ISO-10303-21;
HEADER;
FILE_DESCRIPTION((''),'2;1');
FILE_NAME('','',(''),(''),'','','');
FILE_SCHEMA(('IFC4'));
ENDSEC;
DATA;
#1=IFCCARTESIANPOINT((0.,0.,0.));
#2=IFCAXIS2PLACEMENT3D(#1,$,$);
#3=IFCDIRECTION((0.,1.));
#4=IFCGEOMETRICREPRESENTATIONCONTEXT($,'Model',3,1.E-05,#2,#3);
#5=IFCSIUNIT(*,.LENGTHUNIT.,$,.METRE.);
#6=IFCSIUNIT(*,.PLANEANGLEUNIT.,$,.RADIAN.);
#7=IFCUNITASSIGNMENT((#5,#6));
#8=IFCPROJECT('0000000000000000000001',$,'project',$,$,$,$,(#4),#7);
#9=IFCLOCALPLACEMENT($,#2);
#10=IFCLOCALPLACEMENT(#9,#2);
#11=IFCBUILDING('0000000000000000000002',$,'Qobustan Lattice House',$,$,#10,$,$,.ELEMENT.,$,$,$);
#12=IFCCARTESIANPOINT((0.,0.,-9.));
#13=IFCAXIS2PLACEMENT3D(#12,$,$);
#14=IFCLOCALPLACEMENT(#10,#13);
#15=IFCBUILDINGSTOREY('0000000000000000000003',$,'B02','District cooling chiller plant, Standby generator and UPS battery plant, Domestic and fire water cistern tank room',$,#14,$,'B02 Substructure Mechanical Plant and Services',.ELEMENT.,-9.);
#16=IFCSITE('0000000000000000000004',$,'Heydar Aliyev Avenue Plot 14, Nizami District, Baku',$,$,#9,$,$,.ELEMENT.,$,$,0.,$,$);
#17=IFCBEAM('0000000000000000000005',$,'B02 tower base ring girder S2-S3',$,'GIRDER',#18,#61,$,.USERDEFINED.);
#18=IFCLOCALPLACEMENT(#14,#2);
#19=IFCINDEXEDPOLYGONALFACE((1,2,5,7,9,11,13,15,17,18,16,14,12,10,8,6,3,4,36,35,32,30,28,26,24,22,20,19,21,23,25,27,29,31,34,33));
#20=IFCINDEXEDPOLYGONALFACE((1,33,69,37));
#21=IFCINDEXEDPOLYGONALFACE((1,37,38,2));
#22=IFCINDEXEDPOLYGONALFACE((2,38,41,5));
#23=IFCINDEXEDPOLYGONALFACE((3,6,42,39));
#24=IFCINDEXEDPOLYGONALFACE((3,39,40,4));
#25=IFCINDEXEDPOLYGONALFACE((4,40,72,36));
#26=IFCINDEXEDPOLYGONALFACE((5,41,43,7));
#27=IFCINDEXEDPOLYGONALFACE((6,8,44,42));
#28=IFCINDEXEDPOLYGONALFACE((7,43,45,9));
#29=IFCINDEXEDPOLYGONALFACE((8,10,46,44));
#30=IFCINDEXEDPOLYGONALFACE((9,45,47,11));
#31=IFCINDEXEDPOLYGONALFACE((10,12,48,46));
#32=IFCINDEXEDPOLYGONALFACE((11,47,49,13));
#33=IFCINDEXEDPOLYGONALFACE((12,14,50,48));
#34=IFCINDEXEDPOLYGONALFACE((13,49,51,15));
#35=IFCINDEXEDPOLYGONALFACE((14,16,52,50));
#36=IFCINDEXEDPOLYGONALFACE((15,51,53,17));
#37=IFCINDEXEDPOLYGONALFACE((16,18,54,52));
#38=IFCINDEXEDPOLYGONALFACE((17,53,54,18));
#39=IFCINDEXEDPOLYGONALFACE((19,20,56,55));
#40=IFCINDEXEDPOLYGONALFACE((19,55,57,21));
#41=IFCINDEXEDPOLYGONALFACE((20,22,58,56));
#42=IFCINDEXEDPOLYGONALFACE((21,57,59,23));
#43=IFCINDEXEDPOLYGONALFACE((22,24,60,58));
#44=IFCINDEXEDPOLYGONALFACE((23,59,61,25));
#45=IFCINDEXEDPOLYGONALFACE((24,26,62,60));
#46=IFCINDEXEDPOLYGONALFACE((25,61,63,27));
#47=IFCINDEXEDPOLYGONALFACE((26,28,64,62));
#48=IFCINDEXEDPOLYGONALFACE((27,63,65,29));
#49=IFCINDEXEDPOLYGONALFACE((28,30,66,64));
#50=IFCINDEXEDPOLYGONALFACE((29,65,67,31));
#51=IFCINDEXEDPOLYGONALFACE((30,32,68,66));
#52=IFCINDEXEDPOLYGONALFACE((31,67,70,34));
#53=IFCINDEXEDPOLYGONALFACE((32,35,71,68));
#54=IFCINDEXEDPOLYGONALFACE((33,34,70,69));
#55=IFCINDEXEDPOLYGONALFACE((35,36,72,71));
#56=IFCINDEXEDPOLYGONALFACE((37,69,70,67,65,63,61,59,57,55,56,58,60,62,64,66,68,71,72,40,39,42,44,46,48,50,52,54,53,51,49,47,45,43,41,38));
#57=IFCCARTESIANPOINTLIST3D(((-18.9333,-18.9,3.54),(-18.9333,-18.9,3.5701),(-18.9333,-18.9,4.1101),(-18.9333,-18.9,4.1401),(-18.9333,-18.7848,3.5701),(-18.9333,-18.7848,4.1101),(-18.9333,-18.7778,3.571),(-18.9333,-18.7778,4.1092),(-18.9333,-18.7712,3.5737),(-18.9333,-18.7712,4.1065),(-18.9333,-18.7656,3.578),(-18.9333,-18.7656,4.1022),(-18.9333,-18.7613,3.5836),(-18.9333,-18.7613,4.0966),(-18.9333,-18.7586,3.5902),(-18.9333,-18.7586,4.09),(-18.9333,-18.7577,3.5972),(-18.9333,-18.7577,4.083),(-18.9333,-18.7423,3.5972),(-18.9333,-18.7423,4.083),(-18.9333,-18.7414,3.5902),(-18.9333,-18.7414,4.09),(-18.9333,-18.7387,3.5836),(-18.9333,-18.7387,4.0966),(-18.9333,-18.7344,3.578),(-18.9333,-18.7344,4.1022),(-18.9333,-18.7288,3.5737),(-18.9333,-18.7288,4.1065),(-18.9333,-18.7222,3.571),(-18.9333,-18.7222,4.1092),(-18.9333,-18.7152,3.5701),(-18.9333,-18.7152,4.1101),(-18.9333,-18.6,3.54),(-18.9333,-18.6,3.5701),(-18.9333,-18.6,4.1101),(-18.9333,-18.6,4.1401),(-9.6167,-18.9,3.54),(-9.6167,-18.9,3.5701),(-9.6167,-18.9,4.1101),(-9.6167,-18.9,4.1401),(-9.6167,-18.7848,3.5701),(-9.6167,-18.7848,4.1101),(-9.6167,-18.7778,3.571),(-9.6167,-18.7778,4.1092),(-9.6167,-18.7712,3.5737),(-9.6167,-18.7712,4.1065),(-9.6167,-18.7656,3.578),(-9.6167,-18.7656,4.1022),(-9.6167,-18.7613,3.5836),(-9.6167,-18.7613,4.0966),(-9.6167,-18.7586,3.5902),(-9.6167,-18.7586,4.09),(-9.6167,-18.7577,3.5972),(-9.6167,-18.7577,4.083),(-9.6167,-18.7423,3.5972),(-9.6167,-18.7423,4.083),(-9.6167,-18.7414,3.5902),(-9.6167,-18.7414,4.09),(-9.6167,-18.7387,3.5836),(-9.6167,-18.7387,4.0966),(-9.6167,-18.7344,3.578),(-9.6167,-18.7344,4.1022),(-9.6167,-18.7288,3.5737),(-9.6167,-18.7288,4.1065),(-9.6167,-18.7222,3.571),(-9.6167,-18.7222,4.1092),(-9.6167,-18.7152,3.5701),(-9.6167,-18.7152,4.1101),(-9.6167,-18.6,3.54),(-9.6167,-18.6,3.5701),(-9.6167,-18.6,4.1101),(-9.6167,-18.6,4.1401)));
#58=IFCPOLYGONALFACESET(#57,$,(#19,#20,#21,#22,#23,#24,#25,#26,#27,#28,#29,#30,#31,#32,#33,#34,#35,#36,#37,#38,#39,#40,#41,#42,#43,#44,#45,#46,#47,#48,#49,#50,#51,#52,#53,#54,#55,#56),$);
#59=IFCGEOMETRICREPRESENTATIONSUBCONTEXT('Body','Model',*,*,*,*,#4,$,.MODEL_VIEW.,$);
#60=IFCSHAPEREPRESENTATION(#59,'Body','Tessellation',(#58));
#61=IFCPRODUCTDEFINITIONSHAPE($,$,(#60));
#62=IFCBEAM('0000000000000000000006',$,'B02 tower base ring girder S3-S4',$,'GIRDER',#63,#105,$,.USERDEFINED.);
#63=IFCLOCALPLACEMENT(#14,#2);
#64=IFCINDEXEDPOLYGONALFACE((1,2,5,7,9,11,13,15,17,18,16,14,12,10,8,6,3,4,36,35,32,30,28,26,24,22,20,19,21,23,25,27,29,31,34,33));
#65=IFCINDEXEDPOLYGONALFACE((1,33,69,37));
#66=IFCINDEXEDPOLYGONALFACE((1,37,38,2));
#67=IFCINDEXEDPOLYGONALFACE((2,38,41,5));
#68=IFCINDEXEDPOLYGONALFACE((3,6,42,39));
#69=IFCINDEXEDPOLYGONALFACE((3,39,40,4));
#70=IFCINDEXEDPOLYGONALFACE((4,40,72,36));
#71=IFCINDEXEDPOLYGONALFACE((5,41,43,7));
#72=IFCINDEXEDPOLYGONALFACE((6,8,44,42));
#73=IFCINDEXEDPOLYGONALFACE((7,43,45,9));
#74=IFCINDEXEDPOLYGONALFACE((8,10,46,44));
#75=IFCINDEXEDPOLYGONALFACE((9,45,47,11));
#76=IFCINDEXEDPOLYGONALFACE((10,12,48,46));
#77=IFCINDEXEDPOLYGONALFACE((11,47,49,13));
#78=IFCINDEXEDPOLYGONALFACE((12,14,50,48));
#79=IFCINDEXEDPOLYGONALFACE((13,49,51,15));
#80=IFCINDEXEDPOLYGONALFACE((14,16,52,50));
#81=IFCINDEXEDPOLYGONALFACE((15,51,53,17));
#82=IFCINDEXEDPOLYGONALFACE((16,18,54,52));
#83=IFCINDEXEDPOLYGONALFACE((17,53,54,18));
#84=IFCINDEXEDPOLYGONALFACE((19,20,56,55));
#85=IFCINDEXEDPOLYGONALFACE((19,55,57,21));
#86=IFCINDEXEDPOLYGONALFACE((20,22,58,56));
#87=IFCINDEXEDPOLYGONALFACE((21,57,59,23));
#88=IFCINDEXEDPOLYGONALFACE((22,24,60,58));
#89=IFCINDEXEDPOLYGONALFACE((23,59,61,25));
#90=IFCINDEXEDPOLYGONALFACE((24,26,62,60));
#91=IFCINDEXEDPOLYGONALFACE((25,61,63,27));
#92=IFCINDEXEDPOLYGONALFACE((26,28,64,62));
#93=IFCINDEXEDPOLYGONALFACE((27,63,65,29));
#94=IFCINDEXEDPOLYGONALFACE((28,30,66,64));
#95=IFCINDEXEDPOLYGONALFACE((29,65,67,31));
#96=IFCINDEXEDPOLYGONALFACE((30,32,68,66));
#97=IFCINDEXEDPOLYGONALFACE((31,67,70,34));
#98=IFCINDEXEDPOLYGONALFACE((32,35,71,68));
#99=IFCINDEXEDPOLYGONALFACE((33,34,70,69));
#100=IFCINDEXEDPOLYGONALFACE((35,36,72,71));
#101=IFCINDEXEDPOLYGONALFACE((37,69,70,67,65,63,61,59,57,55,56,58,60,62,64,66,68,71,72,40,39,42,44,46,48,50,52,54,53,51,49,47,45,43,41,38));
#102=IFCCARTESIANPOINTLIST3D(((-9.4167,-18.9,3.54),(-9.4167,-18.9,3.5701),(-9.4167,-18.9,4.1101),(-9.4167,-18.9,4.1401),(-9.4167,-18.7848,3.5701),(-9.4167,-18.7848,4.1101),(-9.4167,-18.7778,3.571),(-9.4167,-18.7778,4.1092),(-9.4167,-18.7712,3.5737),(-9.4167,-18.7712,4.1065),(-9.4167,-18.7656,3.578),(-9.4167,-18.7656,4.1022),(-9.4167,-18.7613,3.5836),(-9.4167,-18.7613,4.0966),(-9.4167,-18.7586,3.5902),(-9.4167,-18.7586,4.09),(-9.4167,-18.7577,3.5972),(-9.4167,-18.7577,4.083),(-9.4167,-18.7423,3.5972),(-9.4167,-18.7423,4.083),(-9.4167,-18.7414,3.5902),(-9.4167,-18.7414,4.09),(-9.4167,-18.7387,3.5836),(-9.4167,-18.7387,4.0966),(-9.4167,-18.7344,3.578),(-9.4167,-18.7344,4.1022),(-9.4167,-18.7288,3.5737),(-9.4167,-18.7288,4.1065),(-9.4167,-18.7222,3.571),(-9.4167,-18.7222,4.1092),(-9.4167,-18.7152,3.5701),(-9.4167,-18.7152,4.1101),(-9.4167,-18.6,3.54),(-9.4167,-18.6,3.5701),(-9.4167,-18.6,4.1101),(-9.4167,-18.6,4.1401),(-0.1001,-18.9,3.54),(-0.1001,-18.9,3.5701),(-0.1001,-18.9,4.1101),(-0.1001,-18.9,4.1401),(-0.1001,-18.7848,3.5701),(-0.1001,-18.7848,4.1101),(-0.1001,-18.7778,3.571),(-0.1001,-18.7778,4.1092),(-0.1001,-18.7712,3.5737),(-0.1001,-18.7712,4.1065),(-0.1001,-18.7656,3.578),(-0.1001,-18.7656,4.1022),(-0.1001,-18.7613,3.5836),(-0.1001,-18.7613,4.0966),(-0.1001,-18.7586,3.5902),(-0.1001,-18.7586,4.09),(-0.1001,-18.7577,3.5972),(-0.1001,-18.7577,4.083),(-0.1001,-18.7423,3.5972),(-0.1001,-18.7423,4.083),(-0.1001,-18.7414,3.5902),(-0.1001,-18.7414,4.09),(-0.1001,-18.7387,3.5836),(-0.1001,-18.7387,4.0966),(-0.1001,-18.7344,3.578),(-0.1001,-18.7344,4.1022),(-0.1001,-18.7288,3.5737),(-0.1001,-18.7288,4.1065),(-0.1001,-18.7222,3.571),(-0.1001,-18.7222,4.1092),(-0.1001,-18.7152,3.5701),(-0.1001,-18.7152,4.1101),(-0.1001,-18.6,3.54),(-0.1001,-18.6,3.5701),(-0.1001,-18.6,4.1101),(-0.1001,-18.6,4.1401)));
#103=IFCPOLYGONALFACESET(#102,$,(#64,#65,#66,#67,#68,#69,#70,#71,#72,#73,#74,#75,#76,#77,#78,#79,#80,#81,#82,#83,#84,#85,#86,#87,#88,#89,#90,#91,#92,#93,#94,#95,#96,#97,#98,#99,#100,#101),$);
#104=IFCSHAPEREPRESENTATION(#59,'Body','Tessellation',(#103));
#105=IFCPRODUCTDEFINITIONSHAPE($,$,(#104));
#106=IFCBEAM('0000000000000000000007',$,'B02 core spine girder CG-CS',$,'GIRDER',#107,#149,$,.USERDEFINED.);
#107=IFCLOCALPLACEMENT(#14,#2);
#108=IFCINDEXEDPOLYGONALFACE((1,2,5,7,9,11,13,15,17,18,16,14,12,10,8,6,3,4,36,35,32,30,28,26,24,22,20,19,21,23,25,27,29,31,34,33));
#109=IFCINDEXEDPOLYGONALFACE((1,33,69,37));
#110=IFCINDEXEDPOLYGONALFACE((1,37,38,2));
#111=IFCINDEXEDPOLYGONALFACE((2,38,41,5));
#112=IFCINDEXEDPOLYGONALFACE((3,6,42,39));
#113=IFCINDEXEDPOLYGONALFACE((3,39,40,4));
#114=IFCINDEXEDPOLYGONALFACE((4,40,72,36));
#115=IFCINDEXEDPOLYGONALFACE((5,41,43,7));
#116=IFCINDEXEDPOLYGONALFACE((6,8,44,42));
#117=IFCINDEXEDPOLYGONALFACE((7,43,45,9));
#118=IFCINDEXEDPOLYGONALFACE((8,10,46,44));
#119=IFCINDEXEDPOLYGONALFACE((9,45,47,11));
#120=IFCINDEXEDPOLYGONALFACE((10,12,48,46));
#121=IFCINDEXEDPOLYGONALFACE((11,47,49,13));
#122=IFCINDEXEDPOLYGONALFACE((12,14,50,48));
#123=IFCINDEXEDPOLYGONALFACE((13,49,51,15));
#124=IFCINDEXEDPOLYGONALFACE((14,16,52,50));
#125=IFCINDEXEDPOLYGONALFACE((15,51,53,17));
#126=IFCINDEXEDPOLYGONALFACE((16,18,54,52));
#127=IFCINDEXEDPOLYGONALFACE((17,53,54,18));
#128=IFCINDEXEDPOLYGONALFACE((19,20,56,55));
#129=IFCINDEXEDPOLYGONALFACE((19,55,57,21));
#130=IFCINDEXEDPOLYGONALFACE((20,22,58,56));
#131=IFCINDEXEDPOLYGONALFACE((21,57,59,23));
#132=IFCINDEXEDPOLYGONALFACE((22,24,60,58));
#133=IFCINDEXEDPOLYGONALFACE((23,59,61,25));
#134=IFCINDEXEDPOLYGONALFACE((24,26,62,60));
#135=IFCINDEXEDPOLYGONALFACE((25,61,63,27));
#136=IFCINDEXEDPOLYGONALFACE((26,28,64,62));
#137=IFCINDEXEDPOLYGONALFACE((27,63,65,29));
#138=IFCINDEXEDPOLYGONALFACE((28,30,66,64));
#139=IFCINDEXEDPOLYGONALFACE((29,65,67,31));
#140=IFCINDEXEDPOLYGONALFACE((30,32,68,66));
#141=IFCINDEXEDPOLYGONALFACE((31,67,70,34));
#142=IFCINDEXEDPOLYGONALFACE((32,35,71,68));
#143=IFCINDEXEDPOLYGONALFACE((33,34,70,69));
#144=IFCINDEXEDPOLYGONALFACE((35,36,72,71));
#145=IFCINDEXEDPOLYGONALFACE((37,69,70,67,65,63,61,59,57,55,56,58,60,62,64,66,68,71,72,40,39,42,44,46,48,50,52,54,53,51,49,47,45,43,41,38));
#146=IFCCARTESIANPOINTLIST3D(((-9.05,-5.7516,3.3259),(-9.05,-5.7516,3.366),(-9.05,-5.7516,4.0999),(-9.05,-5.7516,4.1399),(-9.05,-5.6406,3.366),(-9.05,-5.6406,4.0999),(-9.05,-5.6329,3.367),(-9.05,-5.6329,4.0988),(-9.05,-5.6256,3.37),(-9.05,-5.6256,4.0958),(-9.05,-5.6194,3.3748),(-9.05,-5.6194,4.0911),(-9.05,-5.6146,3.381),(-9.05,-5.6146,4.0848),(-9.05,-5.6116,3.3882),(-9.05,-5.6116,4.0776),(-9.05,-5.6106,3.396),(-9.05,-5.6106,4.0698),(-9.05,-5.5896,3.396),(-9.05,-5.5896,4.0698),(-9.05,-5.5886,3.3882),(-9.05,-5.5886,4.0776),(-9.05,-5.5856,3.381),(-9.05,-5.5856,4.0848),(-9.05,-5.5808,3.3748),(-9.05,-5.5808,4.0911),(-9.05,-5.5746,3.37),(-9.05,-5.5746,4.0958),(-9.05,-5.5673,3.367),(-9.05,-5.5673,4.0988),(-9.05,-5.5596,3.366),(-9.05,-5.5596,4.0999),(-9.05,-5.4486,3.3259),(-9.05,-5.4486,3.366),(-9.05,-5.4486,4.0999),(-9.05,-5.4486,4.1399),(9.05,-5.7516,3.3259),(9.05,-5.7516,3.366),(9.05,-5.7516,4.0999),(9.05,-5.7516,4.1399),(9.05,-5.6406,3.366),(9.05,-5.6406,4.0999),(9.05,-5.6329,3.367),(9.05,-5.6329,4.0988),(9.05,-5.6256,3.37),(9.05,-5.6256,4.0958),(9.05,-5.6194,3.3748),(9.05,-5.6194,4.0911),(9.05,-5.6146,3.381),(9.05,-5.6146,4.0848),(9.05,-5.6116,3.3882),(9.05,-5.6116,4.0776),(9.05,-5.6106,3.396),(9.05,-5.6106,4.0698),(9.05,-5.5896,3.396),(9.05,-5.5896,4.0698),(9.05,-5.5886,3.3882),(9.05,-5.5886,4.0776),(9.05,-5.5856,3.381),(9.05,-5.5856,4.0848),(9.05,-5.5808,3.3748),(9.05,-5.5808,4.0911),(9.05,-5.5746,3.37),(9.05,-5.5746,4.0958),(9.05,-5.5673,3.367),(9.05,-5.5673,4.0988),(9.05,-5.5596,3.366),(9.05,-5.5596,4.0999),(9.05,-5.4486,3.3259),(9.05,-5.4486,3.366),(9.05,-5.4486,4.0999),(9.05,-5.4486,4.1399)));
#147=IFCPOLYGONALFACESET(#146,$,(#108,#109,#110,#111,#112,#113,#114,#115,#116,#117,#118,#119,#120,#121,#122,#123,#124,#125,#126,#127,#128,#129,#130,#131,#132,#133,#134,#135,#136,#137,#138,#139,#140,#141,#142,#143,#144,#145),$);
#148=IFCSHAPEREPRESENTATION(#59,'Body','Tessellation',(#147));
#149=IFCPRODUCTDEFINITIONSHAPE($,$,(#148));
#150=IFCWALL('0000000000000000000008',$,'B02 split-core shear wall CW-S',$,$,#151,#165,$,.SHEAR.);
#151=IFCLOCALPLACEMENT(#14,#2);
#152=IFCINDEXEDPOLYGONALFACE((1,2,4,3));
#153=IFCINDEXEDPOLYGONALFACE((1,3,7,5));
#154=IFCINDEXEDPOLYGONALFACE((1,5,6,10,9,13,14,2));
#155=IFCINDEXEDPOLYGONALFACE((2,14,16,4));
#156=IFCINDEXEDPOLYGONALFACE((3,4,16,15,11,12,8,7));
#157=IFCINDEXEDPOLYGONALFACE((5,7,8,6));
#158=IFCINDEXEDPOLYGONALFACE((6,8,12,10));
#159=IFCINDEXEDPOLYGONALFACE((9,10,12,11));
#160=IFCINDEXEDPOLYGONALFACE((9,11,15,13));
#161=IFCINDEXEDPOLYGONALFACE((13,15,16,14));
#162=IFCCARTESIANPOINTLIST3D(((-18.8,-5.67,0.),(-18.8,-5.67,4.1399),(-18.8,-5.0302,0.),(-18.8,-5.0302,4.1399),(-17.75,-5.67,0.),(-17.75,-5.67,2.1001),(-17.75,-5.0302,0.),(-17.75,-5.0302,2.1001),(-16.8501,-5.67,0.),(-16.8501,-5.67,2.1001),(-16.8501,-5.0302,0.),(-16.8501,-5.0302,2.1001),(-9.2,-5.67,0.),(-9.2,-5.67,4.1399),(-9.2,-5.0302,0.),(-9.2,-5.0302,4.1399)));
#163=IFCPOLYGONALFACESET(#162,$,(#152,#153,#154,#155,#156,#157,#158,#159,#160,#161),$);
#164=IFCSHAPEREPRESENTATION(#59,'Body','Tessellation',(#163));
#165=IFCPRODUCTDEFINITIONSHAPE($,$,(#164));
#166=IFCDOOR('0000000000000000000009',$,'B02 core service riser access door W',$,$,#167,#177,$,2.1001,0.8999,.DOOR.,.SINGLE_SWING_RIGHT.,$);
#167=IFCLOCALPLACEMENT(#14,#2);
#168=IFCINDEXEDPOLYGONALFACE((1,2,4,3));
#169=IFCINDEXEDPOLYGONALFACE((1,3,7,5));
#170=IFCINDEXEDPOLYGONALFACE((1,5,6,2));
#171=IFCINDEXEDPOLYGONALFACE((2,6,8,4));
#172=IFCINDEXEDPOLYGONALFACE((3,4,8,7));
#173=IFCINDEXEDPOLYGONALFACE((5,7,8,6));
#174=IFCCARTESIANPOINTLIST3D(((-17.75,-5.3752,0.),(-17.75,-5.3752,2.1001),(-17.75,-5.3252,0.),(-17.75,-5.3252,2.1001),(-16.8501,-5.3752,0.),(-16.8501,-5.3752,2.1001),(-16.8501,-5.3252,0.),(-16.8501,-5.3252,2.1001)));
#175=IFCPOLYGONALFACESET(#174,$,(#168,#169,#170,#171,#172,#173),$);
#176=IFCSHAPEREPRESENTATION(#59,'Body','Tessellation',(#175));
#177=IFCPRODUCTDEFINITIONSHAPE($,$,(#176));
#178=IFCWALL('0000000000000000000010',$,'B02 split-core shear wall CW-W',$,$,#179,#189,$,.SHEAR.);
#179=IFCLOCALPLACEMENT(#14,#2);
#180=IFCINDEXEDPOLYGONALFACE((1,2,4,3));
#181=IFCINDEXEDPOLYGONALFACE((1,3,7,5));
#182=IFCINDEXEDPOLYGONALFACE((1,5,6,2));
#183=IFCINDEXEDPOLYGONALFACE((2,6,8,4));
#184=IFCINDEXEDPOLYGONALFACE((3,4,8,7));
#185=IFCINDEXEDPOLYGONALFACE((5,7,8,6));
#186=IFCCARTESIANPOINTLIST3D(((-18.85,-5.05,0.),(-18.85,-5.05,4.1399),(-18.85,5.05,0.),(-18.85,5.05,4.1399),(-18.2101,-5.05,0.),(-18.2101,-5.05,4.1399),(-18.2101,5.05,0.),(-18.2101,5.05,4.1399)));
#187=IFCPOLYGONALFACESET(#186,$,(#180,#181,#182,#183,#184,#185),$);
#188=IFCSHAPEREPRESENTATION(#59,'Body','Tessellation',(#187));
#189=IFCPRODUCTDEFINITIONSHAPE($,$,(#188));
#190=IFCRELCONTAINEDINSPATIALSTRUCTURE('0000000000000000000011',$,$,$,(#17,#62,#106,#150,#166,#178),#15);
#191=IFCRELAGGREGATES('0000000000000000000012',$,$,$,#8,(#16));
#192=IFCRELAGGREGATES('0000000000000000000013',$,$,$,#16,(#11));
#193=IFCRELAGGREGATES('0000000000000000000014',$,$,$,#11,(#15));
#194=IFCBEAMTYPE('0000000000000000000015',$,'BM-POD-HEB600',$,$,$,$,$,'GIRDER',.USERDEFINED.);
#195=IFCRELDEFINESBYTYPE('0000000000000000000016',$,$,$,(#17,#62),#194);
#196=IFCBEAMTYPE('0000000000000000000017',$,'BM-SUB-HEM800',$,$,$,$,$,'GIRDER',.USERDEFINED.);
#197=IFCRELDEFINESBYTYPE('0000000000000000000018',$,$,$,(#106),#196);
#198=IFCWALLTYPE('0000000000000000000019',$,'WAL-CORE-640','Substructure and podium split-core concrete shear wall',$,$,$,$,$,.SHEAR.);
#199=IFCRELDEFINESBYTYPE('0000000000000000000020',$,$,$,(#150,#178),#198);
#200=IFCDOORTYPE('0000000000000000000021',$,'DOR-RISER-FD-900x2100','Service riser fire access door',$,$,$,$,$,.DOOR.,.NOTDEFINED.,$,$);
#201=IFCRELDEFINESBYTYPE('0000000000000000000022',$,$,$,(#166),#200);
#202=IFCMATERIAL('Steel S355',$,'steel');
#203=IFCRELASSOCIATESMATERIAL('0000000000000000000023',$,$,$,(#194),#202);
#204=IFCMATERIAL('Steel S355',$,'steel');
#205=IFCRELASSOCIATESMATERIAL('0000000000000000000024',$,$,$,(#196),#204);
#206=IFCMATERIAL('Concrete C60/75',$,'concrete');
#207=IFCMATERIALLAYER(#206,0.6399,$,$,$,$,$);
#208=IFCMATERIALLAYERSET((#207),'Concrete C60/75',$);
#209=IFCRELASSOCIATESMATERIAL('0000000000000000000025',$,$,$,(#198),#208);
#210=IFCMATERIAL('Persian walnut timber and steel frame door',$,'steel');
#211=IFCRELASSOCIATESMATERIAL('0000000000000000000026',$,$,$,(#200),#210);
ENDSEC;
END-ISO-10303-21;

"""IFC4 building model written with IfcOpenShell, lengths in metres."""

from ifc_helpers import new_model, si_unit, direction, frame, frame_2d, origin, origin_2d, place, context, subcontext, project, spatial, rectangle, i_section, extrude, material, layer, layer_set, material_profile, profile_set, type_object, element, fill, save


model = new_model("IFC4")

# Units and contexts
model_context = context("Model", 3, precision=1e-05, world=origin(), true_north=direction((0.0, 1.0)))
body_context = subcontext(model_context, "Body", "Model", "MODEL_VIEW")
ifc_project = project(units=[si_unit("LENGTHUNIT", "METRE"), si_unit("PLANEANGLEUNIT", "RADIAN")], contexts=[model_context])

# Site, building, storey
site_placement = place(None, origin())
site = spatial("IfcSite", under=ifc_project, at=site_placement, Name="Heydar Aliyev Avenue Plot 14, Nizami District, Baku", CompositionType="ELEMENT", RefElevation=0.0)
building_placement = place(site_placement, origin())
building = spatial("IfcBuilding", under=site, at=building_placement, Name="Qobustan Lattice House", CompositionType="ELEMENT")
storey_placement = place(building_placement, frame((0.0, 0.0, -9.0)))
storey = spatial("IfcBuildingStorey", under=building, at=storey_placement, Name="B02", Description="District cooling chiller plant, Standby generator and UPS battery plant, Domestic and fire water cistern tank room", LongName="B02 Substructure Mechanical Plant and Services", CompositionType="ELEMENT", Elevation=-9.0)

# Beams
ifc_material_1 = material(Name="Steel S355", Category="steel")
ifc_material_profile_1 = material_profile(ifc_material_1, i_section(OverallWidth=0.3, OverallDepth=0.6001, WebThickness=0.0154, FlangeThickness=0.03, FilletRadius=0.0271, at=origin_2d()), Name="HEB600")
ifc_profile_set_1 = profile_set([ifc_material_profile_1], Name="Steel S355")
beam_type_1 = type_object("IfcBeamType", Name="BM-POD-HEB600", ElementType="GIRDER", PredefinedType="USERDEFINED", material=ifc_profile_set_1)
for number, where, z_axis, x_axis, name in (
    (1, (-18.9333, -18.75, 3.8401), (1.0, 0.0, 0.0), (0.0, 1.0, 0.0), "B02 tower base ring girder S2-S3"),
    (2, (-9.4167, -18.75, 3.8401), (1.0, 0.0, 0.0), (0.0, 1.0, 0.0), "B02 tower base ring girder S3-S4"),
):
    element("IfcBeam", number, at=place(storey_placement, frame(where, z_axis=z_axis, x_axis=x_axis)), inside=storey, type_object=beam_type_1, Name=name, ObjectType="GIRDER", PredefinedType="USERDEFINED", context=body_context, shape_type="SweptSolid", body=[
        extrude(i_section(OverallWidth=0.3, OverallDepth=0.6001, WebThickness=0.0154, FlangeThickness=0.03, FilletRadius=0.0271, at=origin_2d()), origin(), (0.0, 0.0, 1.0), 9.3167),
    ])
ifc_material_2 = material(Name="Steel S355", Category="steel")
ifc_material_profile_2 = material_profile(ifc_material_2, i_section(OverallWidth=0.303, OverallDepth=0.814, WebThickness=0.021, FlangeThickness=0.04, FilletRadius=0.03, at=origin_2d()), Name="HEM800")
ifc_profile_set_2 = profile_set([ifc_material_profile_2], Name="Steel S355")
beam_type_2 = type_object("IfcBeamType", Name="BM-SUB-HEM800", ElementType="GIRDER", PredefinedType="USERDEFINED", material=ifc_profile_set_2)
beam_1_placement = place(storey_placement, frame((-9.05, -5.6001, 3.7329), z_axis=(1.0, 0.0, 0.0), x_axis=(0.0, 1.0, 0.0)))
element("IfcBeam", 3, at=beam_1_placement, inside=storey, type_object=beam_type_2, Name="B02 core spine girder CG-CS", ObjectType="GIRDER", PredefinedType="USERDEFINED", context=body_context, shape_type="SweptSolid", body=[
    extrude(i_section(OverallWidth=0.303, OverallDepth=0.814, WebThickness=0.021, FlangeThickness=0.04, FilletRadius=0.03, at=origin_2d()), origin(), (0.0, 0.0, 1.0), 18.1001),
])

# Wall, opening, door
ifc_material_3 = material(Name="Concrete C60/75", Category="concrete")
ifc_layer_1 = layer(ifc_material_3, 0.6399)
ifc_layer_set_1 = layer_set([ifc_layer_1], Name="Concrete C60/75")
wall_type_1 = type_object("IfcWallType", Name="WAL-CORE-640", Description="Substructure and podium split-core concrete shear wall", PredefinedType="SHEAR", material=ifc_layer_set_1)
wall_1_placement = place(storey_placement, frame((-18.8, -5.3501, 0.0), z_axis=(0.0, 0.0, 1.0), x_axis=(1.0, 0.0, 0.0)))
wall_1 = element("IfcWall", 4, at=wall_1_placement, inside=storey, type_object=wall_type_1, Name="B02 split-core shear wall CW-S", PredefinedType="SHEAR", context=body_context, shape_type="SweptSolid", body=[
    extrude(rectangle(XDim=9.6001, YDim=0.6399, at=frame_2d((4.8, 0.0))), origin(), (0.0, 0.0, 1.0), 4.1399),
])
opening_1_placement = place(wall_1_placement, frame((1.05, 0.0, 0.0)))
opening_1 = element("IfcOpeningElement", 5, at=opening_1_placement, cuts=wall_1, PredefinedType="OPENING", context=body_context, shape_type="SweptSolid", body=[
    extrude(rectangle(XDim=0.8999, YDim=2.1001, at=frame_2d((0.45, 1.05))), frame((0.0, 0.3298, 0.0), z_axis=(0.0, -1.0, 0.0), x_axis=(1.0, 0.0, 0.0)), (0.0, 0.0, 1.0), 0.6599),
])
ifc_material_4 = material(Name="Persian walnut timber and steel frame door", Category="steel")
door_type = type_object("IfcDoorType", Name="DOR-RISER-FD-900x2100", Description="Service riser fire access door", OperationType="NOTDEFINED", PredefinedType="DOOR", material=ifc_material_4)
door_1_placement = place(opening_1_placement, origin())
door_1 = element("IfcDoor", 6, at=door_1_placement, inside=storey, type_object=door_type, Name="B02 core service riser access door W", OperationType="SINGLE_SWING_RIGHT", OverallHeight=2.1001, OverallWidth=0.8999, PredefinedType="DOOR", context=body_context, shape_type="SweptSolid", body=[
    extrude(rectangle(XDim=0.8999, YDim=2.1001, at=frame_2d((0.45, 1.05))), frame((0.0, 0.0249, 0.0), z_axis=(0.0, -1.0, 0.0), x_axis=(1.0, 0.0, 0.0)), (0.0, 0.0, 1.0), 0.05),
])
fill(opening_1, door_1)

# Wall
wall_2_placement = place(storey_placement, frame((-18.53, -5.05, 0.0), z_axis=(0.0, 0.0, 1.0), x_axis=(0.0, 1.0, 0.0)))
element("IfcWall", 7, at=wall_2_placement, inside=storey, type_object=wall_type_1, Name="B02 split-core shear wall CW-W", PredefinedType="SHEAR", context=body_context, shape_type="SweptSolid", body=[
    extrude(rectangle(XDim=10.1001, YDim=0.6399, at=frame_2d((5.05, 0.0))), origin(), (0.0, 0.0, 1.0), 4.1399),
])

save(model, "model.ifc")
